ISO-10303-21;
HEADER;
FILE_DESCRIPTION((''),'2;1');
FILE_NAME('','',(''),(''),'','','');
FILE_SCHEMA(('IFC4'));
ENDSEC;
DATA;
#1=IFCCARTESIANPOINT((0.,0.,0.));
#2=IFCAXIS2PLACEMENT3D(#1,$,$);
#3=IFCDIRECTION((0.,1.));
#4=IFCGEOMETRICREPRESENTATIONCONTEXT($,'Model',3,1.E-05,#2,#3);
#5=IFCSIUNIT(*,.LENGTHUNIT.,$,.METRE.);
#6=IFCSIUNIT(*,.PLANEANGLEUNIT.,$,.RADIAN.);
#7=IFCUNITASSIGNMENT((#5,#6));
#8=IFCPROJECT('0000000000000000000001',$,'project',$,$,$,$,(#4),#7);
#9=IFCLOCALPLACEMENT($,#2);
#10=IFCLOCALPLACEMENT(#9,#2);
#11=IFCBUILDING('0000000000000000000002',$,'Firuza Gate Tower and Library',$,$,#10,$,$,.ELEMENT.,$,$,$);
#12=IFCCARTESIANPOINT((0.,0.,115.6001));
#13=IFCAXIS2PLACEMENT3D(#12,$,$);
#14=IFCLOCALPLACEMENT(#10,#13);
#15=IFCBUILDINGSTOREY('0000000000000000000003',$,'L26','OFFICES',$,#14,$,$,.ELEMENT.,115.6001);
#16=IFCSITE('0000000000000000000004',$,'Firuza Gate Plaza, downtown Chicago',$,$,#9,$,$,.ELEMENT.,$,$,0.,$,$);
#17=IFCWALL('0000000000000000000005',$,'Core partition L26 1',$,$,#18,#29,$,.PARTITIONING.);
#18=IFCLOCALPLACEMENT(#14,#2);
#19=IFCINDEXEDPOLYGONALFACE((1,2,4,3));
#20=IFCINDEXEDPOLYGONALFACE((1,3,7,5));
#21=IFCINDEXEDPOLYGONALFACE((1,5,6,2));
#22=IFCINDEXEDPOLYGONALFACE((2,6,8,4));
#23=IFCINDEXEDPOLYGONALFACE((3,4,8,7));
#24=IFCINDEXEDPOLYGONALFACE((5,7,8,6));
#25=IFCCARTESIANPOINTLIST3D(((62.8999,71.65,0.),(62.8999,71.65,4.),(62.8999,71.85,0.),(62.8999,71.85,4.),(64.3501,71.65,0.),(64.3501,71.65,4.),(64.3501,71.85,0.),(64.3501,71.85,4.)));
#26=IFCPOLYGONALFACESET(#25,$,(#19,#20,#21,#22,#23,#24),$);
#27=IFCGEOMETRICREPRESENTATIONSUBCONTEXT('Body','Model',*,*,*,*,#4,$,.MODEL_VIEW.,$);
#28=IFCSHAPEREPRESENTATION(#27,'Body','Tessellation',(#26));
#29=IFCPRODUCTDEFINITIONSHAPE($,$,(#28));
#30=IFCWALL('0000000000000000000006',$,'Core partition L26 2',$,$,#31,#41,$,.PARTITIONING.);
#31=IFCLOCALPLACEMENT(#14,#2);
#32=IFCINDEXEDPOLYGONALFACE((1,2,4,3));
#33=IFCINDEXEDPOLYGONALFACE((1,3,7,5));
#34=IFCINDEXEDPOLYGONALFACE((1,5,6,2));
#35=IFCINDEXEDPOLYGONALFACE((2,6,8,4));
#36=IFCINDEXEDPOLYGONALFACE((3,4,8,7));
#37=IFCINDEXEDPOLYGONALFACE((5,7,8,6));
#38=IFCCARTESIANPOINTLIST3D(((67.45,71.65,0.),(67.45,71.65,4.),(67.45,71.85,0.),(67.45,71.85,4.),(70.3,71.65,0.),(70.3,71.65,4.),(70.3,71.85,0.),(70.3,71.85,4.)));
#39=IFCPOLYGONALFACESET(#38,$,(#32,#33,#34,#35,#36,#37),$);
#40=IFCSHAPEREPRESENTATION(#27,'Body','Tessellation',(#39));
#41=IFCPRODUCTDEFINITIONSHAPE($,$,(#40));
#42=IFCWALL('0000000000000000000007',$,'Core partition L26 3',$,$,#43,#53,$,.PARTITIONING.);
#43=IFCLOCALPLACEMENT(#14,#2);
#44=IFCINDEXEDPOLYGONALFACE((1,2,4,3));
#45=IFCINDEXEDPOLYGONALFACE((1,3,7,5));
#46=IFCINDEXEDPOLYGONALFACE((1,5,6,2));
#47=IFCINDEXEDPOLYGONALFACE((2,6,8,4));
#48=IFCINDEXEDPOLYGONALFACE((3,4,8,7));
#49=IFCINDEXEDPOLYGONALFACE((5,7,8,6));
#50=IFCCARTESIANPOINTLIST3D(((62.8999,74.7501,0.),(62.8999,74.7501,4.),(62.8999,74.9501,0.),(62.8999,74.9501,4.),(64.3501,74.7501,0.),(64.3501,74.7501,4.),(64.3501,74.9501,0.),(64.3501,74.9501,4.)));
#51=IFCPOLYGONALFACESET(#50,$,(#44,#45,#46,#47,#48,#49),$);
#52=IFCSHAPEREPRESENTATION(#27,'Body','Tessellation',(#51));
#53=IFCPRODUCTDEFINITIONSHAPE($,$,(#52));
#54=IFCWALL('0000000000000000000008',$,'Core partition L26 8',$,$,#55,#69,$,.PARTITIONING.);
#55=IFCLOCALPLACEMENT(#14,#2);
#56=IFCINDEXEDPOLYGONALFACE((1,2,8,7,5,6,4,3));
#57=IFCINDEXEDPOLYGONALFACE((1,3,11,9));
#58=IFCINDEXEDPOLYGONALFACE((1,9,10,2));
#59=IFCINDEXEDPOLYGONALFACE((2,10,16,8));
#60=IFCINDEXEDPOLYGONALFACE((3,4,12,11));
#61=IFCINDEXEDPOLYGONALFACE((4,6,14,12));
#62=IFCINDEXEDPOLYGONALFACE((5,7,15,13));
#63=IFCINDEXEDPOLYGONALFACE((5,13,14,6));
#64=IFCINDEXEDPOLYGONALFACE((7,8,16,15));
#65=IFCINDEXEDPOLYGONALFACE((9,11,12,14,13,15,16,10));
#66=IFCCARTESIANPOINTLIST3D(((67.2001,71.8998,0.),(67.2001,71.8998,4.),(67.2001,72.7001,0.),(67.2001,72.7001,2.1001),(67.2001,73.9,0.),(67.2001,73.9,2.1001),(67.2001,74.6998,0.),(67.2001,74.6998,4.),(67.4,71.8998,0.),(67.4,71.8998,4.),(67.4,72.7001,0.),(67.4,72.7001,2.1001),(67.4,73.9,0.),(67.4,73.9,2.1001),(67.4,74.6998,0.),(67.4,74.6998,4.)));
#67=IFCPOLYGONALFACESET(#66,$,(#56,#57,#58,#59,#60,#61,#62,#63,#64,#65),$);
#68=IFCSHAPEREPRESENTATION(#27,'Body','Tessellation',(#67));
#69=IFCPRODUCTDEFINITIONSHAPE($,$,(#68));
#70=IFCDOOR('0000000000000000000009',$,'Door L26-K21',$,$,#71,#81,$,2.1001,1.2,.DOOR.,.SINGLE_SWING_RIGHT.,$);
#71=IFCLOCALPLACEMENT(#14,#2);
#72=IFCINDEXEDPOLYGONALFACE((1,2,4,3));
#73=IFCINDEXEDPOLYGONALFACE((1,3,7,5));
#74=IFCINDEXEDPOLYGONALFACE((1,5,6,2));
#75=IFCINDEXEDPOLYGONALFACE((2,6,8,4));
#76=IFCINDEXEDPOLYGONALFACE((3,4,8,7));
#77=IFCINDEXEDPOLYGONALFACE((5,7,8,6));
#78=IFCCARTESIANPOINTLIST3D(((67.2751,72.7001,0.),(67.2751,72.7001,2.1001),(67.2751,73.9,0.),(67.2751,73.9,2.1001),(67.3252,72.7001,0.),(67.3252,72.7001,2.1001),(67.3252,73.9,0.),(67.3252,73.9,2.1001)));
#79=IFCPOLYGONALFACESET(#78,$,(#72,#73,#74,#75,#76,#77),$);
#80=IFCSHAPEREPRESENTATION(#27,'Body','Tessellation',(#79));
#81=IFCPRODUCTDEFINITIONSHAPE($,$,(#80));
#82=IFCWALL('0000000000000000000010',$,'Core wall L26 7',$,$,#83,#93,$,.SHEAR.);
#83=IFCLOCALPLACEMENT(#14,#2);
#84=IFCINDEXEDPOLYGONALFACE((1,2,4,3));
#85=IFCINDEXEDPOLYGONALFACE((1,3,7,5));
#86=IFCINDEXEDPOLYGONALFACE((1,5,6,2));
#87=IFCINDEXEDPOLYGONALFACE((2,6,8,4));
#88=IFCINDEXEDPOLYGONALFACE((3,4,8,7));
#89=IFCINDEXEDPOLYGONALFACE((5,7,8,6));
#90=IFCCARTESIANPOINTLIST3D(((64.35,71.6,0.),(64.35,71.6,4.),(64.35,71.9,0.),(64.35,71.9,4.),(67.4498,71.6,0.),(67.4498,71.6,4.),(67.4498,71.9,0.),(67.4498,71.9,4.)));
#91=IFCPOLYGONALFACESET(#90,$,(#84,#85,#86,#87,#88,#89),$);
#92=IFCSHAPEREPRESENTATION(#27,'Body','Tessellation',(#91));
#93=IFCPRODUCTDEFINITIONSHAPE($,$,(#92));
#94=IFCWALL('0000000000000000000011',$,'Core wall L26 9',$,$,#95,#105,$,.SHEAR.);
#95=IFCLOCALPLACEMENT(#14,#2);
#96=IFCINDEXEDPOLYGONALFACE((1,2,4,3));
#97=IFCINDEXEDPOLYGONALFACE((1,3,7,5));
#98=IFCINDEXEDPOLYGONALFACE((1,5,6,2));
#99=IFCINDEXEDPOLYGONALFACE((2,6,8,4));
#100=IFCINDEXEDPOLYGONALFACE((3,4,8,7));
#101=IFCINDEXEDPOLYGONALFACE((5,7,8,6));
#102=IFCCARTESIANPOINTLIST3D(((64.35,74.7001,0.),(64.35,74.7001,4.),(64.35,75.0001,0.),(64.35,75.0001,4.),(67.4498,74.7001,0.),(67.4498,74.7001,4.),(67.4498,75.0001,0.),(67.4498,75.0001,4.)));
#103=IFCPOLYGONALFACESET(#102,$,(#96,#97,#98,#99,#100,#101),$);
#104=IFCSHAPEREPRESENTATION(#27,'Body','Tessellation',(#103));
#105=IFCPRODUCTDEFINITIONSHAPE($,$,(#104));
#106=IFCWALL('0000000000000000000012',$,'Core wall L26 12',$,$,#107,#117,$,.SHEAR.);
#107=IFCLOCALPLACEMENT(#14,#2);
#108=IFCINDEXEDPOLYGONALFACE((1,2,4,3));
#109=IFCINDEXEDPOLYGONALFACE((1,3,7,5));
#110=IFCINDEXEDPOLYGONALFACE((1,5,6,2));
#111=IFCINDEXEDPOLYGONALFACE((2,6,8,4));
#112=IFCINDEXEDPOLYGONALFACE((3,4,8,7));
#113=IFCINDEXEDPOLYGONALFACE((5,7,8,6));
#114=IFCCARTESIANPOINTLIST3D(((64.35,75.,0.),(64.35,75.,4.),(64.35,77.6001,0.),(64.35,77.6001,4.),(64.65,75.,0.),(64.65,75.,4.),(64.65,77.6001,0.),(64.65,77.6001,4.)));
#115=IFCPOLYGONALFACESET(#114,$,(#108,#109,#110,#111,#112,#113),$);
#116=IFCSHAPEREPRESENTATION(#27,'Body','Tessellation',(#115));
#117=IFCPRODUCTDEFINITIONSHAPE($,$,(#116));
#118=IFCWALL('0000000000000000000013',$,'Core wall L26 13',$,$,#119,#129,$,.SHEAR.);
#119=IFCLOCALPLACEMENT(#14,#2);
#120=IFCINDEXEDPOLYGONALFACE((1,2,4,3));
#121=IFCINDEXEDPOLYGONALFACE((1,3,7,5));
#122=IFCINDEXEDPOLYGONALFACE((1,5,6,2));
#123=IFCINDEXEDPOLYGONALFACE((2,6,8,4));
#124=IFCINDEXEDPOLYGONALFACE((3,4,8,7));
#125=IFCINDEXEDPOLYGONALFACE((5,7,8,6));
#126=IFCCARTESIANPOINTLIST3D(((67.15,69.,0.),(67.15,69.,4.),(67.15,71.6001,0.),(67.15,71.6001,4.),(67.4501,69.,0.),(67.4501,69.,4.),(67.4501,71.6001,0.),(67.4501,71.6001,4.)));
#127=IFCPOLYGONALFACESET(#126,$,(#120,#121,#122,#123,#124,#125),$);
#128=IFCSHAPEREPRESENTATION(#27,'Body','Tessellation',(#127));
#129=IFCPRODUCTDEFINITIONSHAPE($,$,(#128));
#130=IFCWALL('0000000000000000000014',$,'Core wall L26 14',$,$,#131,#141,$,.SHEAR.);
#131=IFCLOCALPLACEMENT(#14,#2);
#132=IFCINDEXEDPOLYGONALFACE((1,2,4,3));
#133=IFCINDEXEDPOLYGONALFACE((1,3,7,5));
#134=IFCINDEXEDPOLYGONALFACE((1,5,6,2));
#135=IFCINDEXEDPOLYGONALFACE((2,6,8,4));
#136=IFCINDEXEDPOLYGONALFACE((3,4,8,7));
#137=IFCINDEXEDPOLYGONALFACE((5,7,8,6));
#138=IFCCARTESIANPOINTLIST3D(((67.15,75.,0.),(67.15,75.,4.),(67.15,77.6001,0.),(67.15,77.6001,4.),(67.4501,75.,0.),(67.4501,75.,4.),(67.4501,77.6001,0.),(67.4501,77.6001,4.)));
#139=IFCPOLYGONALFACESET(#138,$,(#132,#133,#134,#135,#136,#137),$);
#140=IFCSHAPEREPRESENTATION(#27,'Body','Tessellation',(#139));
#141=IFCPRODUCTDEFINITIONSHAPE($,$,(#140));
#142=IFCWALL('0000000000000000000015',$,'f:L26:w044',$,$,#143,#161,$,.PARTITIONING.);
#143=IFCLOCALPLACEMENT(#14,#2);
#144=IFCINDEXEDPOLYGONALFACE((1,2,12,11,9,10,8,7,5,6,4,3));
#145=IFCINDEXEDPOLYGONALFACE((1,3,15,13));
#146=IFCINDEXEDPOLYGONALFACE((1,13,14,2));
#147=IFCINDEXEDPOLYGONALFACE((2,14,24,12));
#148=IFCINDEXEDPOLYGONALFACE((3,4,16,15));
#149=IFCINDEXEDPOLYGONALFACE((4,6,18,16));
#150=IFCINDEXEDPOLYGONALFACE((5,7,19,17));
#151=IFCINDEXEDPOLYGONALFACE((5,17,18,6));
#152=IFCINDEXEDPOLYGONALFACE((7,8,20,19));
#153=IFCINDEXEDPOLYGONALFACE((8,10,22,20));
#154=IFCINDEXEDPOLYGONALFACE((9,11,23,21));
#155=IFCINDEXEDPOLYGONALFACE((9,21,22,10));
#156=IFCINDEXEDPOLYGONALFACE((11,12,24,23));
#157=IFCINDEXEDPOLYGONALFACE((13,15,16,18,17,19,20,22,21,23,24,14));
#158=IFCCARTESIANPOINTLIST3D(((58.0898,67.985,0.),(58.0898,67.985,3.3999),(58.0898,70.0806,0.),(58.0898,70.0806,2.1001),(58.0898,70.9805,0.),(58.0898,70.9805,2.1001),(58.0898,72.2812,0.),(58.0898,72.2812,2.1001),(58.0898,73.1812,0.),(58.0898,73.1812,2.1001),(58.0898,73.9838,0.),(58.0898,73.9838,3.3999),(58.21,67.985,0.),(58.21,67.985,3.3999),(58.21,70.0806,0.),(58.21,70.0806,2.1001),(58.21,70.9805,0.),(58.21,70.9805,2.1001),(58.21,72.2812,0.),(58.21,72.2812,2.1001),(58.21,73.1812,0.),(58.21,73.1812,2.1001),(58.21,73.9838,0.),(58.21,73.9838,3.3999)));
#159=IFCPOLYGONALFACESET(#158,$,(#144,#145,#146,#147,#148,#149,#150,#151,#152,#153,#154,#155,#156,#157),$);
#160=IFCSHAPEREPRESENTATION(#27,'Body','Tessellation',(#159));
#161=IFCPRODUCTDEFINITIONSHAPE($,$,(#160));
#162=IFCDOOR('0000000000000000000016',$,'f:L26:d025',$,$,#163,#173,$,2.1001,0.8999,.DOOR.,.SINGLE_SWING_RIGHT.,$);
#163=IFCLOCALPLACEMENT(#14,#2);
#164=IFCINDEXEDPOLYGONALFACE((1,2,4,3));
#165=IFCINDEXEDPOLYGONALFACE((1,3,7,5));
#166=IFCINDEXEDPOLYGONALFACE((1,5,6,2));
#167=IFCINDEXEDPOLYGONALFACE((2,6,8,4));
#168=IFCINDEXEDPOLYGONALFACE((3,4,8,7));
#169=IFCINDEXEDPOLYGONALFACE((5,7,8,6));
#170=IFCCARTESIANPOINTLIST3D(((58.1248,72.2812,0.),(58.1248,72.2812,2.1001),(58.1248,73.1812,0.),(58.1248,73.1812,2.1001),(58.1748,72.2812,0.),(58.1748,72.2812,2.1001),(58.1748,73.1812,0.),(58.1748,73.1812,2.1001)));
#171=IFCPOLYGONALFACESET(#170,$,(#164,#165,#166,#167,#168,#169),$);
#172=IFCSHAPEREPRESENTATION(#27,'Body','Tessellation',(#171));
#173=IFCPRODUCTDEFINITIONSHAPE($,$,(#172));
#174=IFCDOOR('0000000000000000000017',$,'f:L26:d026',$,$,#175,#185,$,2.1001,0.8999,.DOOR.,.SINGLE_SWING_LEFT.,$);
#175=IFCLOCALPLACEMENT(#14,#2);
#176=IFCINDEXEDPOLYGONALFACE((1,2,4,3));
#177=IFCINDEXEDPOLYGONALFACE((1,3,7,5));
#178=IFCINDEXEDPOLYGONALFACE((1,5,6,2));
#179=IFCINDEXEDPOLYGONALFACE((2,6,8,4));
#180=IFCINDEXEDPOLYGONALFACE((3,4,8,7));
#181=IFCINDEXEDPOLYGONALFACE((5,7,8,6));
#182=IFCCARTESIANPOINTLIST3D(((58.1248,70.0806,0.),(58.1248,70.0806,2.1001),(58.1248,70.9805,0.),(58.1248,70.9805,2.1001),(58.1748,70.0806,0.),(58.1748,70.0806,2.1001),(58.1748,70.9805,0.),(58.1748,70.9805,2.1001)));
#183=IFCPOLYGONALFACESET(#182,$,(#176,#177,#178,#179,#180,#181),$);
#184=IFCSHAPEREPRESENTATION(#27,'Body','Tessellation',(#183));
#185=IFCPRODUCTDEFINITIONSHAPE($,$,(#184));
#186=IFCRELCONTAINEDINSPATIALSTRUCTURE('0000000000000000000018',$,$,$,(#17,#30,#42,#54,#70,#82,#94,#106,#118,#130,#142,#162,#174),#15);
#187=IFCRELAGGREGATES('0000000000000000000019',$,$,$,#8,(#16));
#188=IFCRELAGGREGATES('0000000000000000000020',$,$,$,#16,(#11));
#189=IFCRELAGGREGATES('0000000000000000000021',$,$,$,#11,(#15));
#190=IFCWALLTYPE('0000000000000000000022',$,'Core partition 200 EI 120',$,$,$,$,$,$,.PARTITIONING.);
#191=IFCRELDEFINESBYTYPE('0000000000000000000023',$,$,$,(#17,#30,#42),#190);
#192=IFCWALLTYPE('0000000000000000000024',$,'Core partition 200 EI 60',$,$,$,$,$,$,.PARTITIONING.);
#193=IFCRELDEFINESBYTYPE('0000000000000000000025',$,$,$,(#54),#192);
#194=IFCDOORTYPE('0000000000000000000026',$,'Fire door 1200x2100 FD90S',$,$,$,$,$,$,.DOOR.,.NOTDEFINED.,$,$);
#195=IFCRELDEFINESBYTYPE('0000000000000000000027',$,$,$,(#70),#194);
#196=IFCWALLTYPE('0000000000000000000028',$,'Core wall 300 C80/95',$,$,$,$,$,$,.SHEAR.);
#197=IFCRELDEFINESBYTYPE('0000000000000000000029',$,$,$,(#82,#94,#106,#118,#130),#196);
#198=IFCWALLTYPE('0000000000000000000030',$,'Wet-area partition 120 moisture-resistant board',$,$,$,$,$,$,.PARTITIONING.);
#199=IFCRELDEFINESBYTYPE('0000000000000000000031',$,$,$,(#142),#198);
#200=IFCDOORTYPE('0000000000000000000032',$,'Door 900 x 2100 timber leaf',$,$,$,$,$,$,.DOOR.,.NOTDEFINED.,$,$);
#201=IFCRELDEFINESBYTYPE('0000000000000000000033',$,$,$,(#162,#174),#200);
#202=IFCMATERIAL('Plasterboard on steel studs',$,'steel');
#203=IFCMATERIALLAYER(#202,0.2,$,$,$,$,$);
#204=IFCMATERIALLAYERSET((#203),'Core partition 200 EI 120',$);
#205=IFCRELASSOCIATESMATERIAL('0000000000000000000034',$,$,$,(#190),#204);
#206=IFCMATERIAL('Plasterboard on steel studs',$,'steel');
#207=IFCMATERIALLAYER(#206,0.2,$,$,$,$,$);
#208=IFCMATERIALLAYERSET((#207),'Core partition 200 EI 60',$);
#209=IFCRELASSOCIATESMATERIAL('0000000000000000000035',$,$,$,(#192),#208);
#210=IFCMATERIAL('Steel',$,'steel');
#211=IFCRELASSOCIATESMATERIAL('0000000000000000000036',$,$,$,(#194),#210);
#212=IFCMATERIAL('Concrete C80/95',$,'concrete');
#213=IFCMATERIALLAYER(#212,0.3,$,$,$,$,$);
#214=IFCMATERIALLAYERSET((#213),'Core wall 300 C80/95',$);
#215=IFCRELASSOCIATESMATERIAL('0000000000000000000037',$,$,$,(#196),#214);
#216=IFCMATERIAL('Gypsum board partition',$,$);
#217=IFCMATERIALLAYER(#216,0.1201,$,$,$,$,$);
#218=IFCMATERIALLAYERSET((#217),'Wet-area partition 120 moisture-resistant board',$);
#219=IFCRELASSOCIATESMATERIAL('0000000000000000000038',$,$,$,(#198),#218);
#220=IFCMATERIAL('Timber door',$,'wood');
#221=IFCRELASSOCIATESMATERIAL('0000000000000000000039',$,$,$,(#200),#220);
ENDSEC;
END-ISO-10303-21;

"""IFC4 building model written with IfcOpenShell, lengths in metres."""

from ifc_helpers import new_model, si_unit, direction, frame, frame_2d, origin, place, context, subcontext, project, spatial, rectangle, extrude, material, layer, layer_set, type_object, element, fill, save


model = new_model("IFC4")

# Units and contexts
model_context = context("Model", 3, precision=1e-05, world=origin(), true_north=direction((0.0, 1.0)))
body_context = subcontext(model_context, "Body", "Model", "MODEL_VIEW")
ifc_project = project(units=[si_unit("LENGTHUNIT", "METRE"), si_unit("PLANEANGLEUNIT", "RADIAN")], contexts=[model_context])

# Site, building, storey
site_placement = place(None, origin())
site = spatial("IfcSite", under=ifc_project, at=site_placement, Name="Firuza Gate Plaza, downtown Chicago", CompositionType="ELEMENT", RefElevation=0.0)
building_placement = place(site_placement, origin())
building = spatial("IfcBuilding", under=site, at=building_placement, Name="Firuza Gate Tower and Library", CompositionType="ELEMENT")
storey_placement = place(building_placement, frame((0.0, 0.0, 115.6001)))
storey = spatial("IfcBuildingStorey", under=building, at=storey_placement, Name="L26", Description="OFFICES", CompositionType="ELEMENT", Elevation=115.6001)

# Walls
ifc_material_1 = material(Name="Plasterboard on steel studs", Category="steel")
ifc_layer_1 = layer(ifc_material_1, 0.2)
ifc_layer_set_1 = layer_set([ifc_layer_1], Name="Core partition 200 EI 120")
wall_type_1 = type_object("IfcWallType", Name="Core partition 200 EI 120", PredefinedType="PARTITIONING", material=ifc_layer_set_1)
wall_1_placement = place(storey_placement, frame((62.8999, 71.75, 0.0), z_axis=(0.0, 0.0, 1.0), x_axis=(1.0, 0.0, 0.0)))
element("IfcWall", 1, at=wall_1_placement, inside=storey, type_object=wall_type_1, Name="Core partition L26 1", PredefinedType="PARTITIONING", context=body_context, shape_type="SweptSolid", body=[
    extrude(rectangle(XDim=1.4502, YDim=0.2, at=frame_2d((0.7251, 0.0))), origin(), (0.0, 0.0, 1.0), 4.0),
])
wall_2_placement = place(storey_placement, frame((67.45, 71.75, 0.0), z_axis=(0.0, 0.0, 1.0), x_axis=(1.0, 0.0, 0.0)))
element("IfcWall", 2, at=wall_2_placement, inside=storey, type_object=wall_type_1, Name="Core partition L26 2", PredefinedType="PARTITIONING", context=body_context, shape_type="SweptSolid", body=[
    extrude(rectangle(XDim=2.8501, YDim=0.2, at=frame_2d((1.425, 0.0))), origin(), (0.0, 0.0, 1.0), 4.0),
])
wall_3_placement = place(storey_placement, frame((62.8999, 74.8501, 0.0), z_axis=(0.0, 0.0, 1.0), x_axis=(1.0, 0.0, 0.0)))
element("IfcWall", 3, at=wall_3_placement, inside=storey, type_object=wall_type_1, Name="Core partition L26 3", PredefinedType="PARTITIONING", context=body_context, shape_type="SweptSolid", body=[
    extrude(rectangle(XDim=1.4502, YDim=0.2, at=frame_2d((0.7251, 0.0))), origin(), (0.0, 0.0, 1.0), 4.0),
])

# Wall, opening, door
ifc_material_2 = material(Name="Plasterboard on steel studs", Category="steel")
ifc_layer_2 = layer(ifc_material_2, 0.2)
ifc_layer_set_2 = layer_set([ifc_layer_2], Name="Core partition 200 EI 60")
wall_type_2 = type_object("IfcWallType", Name="Core partition 200 EI 60", PredefinedType="PARTITIONING", material=ifc_layer_set_2)
wall_4_placement = place(storey_placement, frame((67.3, 71.8999, 0.0), z_axis=(0.0, 0.0, 1.0), x_axis=(0.0, 1.0, 0.0)))
wall_4 = element("IfcWall", 4, at=wall_4_placement, inside=storey, type_object=wall_type_2, Name="Core partition L26 8", PredefinedType="PARTITIONING", context=body_context, shape_type="SweptSolid", body=[
    extrude(rectangle(XDim=2.8, YDim=0.2, at=frame_2d((1.3999, 0.0))), origin(), (0.0, 0.0, 1.0), 4.0),
])
opening_1_placement = place(wall_4_placement, frame((0.8, 0.0, 0.0)))
opening_1 = element("IfcOpeningElement", 5, at=opening_1_placement, cuts=wall_4, PredefinedType="OPENING", context=body_context, shape_type="SweptSolid", body=[
    extrude(rectangle(XDim=1.2, YDim=2.1001, at=frame_2d((0.6001, 1.05))), frame((0.0, 0.1099, 0.0), z_axis=(0.0, -1.0, 0.0), x_axis=(1.0, 0.0, 0.0)), (0.0, 0.0, 1.0), 0.22),
])
ifc_material_3 = material(Name="Steel", Category="steel")
door_type_1 = type_object("IfcDoorType", Name="Fire door 1200x2100 FD90S", OperationType="NOTDEFINED", PredefinedType="DOOR", material=ifc_material_3)
door_1_placement = place(opening_1_placement, origin())
door_1 = element("IfcDoor", 6, at=door_1_placement, inside=storey, type_object=door_type_1, Name="Door L26-K21", OperationType="SINGLE_SWING_RIGHT", OverallHeight=2.1001, OverallWidth=1.2, PredefinedType="DOOR", context=body_context, shape_type="SweptSolid", body=[
    extrude(rectangle(XDim=1.2, YDim=2.1001, at=frame_2d((0.6001, 1.05))), frame((0.0, 0.0249, 0.0), z_axis=(0.0, -1.0, 0.0), x_axis=(1.0, 0.0, 0.0)), (0.0, 0.0, 1.0), 0.05),
])
fill(opening_1, door_1)

# Walls
ifc_material_4 = material(Name="Concrete C80/95", Category="concrete")
ifc_layer_3 = layer(ifc_material_4, 0.3)
ifc_layer_set_3 = layer_set([ifc_layer_3], Name="Core wall 300 C80/95")
wall_type_3 = type_object("IfcWallType", Name="Core wall 300 C80/95", PredefinedType="SHEAR", material=ifc_layer_set_3)
for number, where, z_axis, x_axis, name in (
    (7, (64.3501, 71.75, 0.0), (0.0, 0.0, 1.0), (1.0, 0.0, 0.0), "Core wall L26 7"),
    (8, (64.3501, 74.8501, 0.0), (0.0, 0.0, 1.0), (1.0, 0.0, 0.0), "Core wall L26 9"),
):
    element("IfcWall", number, at=place(storey_placement, frame(where, z_axis=z_axis, x_axis=x_axis)), inside=storey, type_object=wall_type_3, Name=name, PredefinedType="SHEAR", context=body_context, shape_type="SweptSolid", body=[
        extrude(rectangle(XDim=3.0999, YDim=0.3, at=frame_2d((1.5498, 0.0))), origin(), (0.0, 0.0, 1.0), 4.0),
    ])
for number, where, z_axis, x_axis, name in (
    (9, (64.5, 75.0, 0.0), (0.0, 0.0, 1.0), (0.0, 1.0, 0.0), "Core wall L26 12"),
    (10, (67.3, 69.0, 0.0), (0.0, 0.0, 1.0), (0.0, 1.0, 0.0), "Core wall L26 13"),
    (11, (67.3, 75.0, 0.0), (0.0, 0.0, 1.0), (0.0, 1.0, 0.0), "Core wall L26 14"),
):
    element("IfcWall", number, at=place(storey_placement, frame(where, z_axis=z_axis, x_axis=x_axis)), inside=storey, type_object=wall_type_3, Name=name, PredefinedType="SHEAR", context=body_context, shape_type="SweptSolid", body=[
        extrude(rectangle(XDim=2.6001, YDim=0.3, at=frame_2d((1.3, 0.0))), origin(), (0.0, 0.0, 1.0), 4.0),
    ])

# Wall, openings, doors
ifc_material_5 = material(Name="Gypsum board partition")
ifc_layer_4 = layer(ifc_material_5, 0.1201)
ifc_layer_set_4 = layer_set([ifc_layer_4], Name="Wet-area partition 120 moisture-resistant board")
wall_type_4 = type_object("IfcWallType", Name="Wet-area partition 120 moisture-resistant board", PredefinedType="PARTITIONING", material=ifc_layer_set_4)
wall_5_placement = place(storey_placement, frame((58.1499, 73.9839, 0.0), z_axis=(0.0, 0.0, 1.0), x_axis=(0.0, -1.0, 0.0)))
wall_5 = element("IfcWall", 12, at=wall_5_placement, inside=storey, type_object=wall_type_4, Name="f:L26:w044", PredefinedType="PARTITIONING", context=body_context, shape_type="SweptSolid", body=[
    extrude(rectangle(XDim=5.9988, YDim=0.1201, at=frame_2d((2.9995, 0.0))), origin(), (0.0, 0.0, 1.0), 3.3999),
])
opening_2_placement = place(wall_5_placement, frame((0.8027, 0.0, 0.0)))
opening_2 = element("IfcOpeningElement", 13, at=opening_2_placement, cuts=wall_5, PredefinedType="OPENING", context=body_context, shape_type="SweptSolid", body=[
    extrude(rectangle(XDim=0.8999, YDim=2.1001, at=frame_2d((0.45, 1.05))), frame((0.0, 0.0701, 0.0), z_axis=(0.0, -1.0, 0.0), x_axis=(1.0, 0.0, 0.0)), (0.0, 0.0, 1.0), 0.1401),
])
opening_3_placement = place(wall_5_placement, frame((3.0034, 0.0, 0.0)))
opening_3 = element("IfcOpeningElement", 14, at=opening_3_placement, cuts=wall_5, PredefinedType="OPENING", context=body_context, shape_type="SweptSolid", body=[
    extrude(rectangle(XDim=0.8999, YDim=2.1001, at=frame_2d((0.45, 1.05))), frame((0.0, 0.0701, 0.0), z_axis=(0.0, -1.0, 0.0), x_axis=(1.0, 0.0, 0.0)), (0.0, 0.0, 1.0), 0.1401),
])
ifc_material_6 = material(Name="Timber door", Category="wood")
door_type_2 = type_object("IfcDoorType", Name="Door 900 x 2100 timber leaf", OperationType="NOTDEFINED", PredefinedType="DOOR", material=ifc_material_6)
door_2_placement = place(opening_2_placement, origin())
door_2 = element("IfcDoor", 15, at=door_2_placement, inside=storey, type_object=door_type_2, Name="f:L26:d025", OperationType="SINGLE_SWING_RIGHT", OverallHeight=2.1001, OverallWidth=0.8999, PredefinedType="DOOR", context=body_context, shape_type="SweptSolid", body=[
    extrude(rectangle(XDim=0.8999, YDim=2.1001, at=frame_2d((0.45, 1.05))), frame((0.0, 0.0249, 0.0), z_axis=(0.0, -1.0, 0.0), x_axis=(1.0, 0.0, 0.0)), (0.0, 0.0, 1.0), 0.05),
])
fill(opening_2, door_2)
door_3_placement = place(opening_3_placement, origin())
door_3 = element("IfcDoor", 16, at=door_3_placement, inside=storey, type_object=door_type_2, Name="f:L26:d026", OperationType="SINGLE_SWING_LEFT", OverallHeight=2.1001, OverallWidth=0.8999, PredefinedType="DOOR", context=body_context, shape_type="SweptSolid", body=[
    extrude(rectangle(XDim=0.8999, YDim=2.1001, at=frame_2d((0.45, 1.05))), frame((0.0, 0.0249, 0.0), z_axis=(0.0, -1.0, 0.0), x_axis=(1.0, 0.0, 0.0)), (0.0, 0.0, 1.0), 0.05),
])
fill(opening_3, door_3)

save(model, "model.ifc")
